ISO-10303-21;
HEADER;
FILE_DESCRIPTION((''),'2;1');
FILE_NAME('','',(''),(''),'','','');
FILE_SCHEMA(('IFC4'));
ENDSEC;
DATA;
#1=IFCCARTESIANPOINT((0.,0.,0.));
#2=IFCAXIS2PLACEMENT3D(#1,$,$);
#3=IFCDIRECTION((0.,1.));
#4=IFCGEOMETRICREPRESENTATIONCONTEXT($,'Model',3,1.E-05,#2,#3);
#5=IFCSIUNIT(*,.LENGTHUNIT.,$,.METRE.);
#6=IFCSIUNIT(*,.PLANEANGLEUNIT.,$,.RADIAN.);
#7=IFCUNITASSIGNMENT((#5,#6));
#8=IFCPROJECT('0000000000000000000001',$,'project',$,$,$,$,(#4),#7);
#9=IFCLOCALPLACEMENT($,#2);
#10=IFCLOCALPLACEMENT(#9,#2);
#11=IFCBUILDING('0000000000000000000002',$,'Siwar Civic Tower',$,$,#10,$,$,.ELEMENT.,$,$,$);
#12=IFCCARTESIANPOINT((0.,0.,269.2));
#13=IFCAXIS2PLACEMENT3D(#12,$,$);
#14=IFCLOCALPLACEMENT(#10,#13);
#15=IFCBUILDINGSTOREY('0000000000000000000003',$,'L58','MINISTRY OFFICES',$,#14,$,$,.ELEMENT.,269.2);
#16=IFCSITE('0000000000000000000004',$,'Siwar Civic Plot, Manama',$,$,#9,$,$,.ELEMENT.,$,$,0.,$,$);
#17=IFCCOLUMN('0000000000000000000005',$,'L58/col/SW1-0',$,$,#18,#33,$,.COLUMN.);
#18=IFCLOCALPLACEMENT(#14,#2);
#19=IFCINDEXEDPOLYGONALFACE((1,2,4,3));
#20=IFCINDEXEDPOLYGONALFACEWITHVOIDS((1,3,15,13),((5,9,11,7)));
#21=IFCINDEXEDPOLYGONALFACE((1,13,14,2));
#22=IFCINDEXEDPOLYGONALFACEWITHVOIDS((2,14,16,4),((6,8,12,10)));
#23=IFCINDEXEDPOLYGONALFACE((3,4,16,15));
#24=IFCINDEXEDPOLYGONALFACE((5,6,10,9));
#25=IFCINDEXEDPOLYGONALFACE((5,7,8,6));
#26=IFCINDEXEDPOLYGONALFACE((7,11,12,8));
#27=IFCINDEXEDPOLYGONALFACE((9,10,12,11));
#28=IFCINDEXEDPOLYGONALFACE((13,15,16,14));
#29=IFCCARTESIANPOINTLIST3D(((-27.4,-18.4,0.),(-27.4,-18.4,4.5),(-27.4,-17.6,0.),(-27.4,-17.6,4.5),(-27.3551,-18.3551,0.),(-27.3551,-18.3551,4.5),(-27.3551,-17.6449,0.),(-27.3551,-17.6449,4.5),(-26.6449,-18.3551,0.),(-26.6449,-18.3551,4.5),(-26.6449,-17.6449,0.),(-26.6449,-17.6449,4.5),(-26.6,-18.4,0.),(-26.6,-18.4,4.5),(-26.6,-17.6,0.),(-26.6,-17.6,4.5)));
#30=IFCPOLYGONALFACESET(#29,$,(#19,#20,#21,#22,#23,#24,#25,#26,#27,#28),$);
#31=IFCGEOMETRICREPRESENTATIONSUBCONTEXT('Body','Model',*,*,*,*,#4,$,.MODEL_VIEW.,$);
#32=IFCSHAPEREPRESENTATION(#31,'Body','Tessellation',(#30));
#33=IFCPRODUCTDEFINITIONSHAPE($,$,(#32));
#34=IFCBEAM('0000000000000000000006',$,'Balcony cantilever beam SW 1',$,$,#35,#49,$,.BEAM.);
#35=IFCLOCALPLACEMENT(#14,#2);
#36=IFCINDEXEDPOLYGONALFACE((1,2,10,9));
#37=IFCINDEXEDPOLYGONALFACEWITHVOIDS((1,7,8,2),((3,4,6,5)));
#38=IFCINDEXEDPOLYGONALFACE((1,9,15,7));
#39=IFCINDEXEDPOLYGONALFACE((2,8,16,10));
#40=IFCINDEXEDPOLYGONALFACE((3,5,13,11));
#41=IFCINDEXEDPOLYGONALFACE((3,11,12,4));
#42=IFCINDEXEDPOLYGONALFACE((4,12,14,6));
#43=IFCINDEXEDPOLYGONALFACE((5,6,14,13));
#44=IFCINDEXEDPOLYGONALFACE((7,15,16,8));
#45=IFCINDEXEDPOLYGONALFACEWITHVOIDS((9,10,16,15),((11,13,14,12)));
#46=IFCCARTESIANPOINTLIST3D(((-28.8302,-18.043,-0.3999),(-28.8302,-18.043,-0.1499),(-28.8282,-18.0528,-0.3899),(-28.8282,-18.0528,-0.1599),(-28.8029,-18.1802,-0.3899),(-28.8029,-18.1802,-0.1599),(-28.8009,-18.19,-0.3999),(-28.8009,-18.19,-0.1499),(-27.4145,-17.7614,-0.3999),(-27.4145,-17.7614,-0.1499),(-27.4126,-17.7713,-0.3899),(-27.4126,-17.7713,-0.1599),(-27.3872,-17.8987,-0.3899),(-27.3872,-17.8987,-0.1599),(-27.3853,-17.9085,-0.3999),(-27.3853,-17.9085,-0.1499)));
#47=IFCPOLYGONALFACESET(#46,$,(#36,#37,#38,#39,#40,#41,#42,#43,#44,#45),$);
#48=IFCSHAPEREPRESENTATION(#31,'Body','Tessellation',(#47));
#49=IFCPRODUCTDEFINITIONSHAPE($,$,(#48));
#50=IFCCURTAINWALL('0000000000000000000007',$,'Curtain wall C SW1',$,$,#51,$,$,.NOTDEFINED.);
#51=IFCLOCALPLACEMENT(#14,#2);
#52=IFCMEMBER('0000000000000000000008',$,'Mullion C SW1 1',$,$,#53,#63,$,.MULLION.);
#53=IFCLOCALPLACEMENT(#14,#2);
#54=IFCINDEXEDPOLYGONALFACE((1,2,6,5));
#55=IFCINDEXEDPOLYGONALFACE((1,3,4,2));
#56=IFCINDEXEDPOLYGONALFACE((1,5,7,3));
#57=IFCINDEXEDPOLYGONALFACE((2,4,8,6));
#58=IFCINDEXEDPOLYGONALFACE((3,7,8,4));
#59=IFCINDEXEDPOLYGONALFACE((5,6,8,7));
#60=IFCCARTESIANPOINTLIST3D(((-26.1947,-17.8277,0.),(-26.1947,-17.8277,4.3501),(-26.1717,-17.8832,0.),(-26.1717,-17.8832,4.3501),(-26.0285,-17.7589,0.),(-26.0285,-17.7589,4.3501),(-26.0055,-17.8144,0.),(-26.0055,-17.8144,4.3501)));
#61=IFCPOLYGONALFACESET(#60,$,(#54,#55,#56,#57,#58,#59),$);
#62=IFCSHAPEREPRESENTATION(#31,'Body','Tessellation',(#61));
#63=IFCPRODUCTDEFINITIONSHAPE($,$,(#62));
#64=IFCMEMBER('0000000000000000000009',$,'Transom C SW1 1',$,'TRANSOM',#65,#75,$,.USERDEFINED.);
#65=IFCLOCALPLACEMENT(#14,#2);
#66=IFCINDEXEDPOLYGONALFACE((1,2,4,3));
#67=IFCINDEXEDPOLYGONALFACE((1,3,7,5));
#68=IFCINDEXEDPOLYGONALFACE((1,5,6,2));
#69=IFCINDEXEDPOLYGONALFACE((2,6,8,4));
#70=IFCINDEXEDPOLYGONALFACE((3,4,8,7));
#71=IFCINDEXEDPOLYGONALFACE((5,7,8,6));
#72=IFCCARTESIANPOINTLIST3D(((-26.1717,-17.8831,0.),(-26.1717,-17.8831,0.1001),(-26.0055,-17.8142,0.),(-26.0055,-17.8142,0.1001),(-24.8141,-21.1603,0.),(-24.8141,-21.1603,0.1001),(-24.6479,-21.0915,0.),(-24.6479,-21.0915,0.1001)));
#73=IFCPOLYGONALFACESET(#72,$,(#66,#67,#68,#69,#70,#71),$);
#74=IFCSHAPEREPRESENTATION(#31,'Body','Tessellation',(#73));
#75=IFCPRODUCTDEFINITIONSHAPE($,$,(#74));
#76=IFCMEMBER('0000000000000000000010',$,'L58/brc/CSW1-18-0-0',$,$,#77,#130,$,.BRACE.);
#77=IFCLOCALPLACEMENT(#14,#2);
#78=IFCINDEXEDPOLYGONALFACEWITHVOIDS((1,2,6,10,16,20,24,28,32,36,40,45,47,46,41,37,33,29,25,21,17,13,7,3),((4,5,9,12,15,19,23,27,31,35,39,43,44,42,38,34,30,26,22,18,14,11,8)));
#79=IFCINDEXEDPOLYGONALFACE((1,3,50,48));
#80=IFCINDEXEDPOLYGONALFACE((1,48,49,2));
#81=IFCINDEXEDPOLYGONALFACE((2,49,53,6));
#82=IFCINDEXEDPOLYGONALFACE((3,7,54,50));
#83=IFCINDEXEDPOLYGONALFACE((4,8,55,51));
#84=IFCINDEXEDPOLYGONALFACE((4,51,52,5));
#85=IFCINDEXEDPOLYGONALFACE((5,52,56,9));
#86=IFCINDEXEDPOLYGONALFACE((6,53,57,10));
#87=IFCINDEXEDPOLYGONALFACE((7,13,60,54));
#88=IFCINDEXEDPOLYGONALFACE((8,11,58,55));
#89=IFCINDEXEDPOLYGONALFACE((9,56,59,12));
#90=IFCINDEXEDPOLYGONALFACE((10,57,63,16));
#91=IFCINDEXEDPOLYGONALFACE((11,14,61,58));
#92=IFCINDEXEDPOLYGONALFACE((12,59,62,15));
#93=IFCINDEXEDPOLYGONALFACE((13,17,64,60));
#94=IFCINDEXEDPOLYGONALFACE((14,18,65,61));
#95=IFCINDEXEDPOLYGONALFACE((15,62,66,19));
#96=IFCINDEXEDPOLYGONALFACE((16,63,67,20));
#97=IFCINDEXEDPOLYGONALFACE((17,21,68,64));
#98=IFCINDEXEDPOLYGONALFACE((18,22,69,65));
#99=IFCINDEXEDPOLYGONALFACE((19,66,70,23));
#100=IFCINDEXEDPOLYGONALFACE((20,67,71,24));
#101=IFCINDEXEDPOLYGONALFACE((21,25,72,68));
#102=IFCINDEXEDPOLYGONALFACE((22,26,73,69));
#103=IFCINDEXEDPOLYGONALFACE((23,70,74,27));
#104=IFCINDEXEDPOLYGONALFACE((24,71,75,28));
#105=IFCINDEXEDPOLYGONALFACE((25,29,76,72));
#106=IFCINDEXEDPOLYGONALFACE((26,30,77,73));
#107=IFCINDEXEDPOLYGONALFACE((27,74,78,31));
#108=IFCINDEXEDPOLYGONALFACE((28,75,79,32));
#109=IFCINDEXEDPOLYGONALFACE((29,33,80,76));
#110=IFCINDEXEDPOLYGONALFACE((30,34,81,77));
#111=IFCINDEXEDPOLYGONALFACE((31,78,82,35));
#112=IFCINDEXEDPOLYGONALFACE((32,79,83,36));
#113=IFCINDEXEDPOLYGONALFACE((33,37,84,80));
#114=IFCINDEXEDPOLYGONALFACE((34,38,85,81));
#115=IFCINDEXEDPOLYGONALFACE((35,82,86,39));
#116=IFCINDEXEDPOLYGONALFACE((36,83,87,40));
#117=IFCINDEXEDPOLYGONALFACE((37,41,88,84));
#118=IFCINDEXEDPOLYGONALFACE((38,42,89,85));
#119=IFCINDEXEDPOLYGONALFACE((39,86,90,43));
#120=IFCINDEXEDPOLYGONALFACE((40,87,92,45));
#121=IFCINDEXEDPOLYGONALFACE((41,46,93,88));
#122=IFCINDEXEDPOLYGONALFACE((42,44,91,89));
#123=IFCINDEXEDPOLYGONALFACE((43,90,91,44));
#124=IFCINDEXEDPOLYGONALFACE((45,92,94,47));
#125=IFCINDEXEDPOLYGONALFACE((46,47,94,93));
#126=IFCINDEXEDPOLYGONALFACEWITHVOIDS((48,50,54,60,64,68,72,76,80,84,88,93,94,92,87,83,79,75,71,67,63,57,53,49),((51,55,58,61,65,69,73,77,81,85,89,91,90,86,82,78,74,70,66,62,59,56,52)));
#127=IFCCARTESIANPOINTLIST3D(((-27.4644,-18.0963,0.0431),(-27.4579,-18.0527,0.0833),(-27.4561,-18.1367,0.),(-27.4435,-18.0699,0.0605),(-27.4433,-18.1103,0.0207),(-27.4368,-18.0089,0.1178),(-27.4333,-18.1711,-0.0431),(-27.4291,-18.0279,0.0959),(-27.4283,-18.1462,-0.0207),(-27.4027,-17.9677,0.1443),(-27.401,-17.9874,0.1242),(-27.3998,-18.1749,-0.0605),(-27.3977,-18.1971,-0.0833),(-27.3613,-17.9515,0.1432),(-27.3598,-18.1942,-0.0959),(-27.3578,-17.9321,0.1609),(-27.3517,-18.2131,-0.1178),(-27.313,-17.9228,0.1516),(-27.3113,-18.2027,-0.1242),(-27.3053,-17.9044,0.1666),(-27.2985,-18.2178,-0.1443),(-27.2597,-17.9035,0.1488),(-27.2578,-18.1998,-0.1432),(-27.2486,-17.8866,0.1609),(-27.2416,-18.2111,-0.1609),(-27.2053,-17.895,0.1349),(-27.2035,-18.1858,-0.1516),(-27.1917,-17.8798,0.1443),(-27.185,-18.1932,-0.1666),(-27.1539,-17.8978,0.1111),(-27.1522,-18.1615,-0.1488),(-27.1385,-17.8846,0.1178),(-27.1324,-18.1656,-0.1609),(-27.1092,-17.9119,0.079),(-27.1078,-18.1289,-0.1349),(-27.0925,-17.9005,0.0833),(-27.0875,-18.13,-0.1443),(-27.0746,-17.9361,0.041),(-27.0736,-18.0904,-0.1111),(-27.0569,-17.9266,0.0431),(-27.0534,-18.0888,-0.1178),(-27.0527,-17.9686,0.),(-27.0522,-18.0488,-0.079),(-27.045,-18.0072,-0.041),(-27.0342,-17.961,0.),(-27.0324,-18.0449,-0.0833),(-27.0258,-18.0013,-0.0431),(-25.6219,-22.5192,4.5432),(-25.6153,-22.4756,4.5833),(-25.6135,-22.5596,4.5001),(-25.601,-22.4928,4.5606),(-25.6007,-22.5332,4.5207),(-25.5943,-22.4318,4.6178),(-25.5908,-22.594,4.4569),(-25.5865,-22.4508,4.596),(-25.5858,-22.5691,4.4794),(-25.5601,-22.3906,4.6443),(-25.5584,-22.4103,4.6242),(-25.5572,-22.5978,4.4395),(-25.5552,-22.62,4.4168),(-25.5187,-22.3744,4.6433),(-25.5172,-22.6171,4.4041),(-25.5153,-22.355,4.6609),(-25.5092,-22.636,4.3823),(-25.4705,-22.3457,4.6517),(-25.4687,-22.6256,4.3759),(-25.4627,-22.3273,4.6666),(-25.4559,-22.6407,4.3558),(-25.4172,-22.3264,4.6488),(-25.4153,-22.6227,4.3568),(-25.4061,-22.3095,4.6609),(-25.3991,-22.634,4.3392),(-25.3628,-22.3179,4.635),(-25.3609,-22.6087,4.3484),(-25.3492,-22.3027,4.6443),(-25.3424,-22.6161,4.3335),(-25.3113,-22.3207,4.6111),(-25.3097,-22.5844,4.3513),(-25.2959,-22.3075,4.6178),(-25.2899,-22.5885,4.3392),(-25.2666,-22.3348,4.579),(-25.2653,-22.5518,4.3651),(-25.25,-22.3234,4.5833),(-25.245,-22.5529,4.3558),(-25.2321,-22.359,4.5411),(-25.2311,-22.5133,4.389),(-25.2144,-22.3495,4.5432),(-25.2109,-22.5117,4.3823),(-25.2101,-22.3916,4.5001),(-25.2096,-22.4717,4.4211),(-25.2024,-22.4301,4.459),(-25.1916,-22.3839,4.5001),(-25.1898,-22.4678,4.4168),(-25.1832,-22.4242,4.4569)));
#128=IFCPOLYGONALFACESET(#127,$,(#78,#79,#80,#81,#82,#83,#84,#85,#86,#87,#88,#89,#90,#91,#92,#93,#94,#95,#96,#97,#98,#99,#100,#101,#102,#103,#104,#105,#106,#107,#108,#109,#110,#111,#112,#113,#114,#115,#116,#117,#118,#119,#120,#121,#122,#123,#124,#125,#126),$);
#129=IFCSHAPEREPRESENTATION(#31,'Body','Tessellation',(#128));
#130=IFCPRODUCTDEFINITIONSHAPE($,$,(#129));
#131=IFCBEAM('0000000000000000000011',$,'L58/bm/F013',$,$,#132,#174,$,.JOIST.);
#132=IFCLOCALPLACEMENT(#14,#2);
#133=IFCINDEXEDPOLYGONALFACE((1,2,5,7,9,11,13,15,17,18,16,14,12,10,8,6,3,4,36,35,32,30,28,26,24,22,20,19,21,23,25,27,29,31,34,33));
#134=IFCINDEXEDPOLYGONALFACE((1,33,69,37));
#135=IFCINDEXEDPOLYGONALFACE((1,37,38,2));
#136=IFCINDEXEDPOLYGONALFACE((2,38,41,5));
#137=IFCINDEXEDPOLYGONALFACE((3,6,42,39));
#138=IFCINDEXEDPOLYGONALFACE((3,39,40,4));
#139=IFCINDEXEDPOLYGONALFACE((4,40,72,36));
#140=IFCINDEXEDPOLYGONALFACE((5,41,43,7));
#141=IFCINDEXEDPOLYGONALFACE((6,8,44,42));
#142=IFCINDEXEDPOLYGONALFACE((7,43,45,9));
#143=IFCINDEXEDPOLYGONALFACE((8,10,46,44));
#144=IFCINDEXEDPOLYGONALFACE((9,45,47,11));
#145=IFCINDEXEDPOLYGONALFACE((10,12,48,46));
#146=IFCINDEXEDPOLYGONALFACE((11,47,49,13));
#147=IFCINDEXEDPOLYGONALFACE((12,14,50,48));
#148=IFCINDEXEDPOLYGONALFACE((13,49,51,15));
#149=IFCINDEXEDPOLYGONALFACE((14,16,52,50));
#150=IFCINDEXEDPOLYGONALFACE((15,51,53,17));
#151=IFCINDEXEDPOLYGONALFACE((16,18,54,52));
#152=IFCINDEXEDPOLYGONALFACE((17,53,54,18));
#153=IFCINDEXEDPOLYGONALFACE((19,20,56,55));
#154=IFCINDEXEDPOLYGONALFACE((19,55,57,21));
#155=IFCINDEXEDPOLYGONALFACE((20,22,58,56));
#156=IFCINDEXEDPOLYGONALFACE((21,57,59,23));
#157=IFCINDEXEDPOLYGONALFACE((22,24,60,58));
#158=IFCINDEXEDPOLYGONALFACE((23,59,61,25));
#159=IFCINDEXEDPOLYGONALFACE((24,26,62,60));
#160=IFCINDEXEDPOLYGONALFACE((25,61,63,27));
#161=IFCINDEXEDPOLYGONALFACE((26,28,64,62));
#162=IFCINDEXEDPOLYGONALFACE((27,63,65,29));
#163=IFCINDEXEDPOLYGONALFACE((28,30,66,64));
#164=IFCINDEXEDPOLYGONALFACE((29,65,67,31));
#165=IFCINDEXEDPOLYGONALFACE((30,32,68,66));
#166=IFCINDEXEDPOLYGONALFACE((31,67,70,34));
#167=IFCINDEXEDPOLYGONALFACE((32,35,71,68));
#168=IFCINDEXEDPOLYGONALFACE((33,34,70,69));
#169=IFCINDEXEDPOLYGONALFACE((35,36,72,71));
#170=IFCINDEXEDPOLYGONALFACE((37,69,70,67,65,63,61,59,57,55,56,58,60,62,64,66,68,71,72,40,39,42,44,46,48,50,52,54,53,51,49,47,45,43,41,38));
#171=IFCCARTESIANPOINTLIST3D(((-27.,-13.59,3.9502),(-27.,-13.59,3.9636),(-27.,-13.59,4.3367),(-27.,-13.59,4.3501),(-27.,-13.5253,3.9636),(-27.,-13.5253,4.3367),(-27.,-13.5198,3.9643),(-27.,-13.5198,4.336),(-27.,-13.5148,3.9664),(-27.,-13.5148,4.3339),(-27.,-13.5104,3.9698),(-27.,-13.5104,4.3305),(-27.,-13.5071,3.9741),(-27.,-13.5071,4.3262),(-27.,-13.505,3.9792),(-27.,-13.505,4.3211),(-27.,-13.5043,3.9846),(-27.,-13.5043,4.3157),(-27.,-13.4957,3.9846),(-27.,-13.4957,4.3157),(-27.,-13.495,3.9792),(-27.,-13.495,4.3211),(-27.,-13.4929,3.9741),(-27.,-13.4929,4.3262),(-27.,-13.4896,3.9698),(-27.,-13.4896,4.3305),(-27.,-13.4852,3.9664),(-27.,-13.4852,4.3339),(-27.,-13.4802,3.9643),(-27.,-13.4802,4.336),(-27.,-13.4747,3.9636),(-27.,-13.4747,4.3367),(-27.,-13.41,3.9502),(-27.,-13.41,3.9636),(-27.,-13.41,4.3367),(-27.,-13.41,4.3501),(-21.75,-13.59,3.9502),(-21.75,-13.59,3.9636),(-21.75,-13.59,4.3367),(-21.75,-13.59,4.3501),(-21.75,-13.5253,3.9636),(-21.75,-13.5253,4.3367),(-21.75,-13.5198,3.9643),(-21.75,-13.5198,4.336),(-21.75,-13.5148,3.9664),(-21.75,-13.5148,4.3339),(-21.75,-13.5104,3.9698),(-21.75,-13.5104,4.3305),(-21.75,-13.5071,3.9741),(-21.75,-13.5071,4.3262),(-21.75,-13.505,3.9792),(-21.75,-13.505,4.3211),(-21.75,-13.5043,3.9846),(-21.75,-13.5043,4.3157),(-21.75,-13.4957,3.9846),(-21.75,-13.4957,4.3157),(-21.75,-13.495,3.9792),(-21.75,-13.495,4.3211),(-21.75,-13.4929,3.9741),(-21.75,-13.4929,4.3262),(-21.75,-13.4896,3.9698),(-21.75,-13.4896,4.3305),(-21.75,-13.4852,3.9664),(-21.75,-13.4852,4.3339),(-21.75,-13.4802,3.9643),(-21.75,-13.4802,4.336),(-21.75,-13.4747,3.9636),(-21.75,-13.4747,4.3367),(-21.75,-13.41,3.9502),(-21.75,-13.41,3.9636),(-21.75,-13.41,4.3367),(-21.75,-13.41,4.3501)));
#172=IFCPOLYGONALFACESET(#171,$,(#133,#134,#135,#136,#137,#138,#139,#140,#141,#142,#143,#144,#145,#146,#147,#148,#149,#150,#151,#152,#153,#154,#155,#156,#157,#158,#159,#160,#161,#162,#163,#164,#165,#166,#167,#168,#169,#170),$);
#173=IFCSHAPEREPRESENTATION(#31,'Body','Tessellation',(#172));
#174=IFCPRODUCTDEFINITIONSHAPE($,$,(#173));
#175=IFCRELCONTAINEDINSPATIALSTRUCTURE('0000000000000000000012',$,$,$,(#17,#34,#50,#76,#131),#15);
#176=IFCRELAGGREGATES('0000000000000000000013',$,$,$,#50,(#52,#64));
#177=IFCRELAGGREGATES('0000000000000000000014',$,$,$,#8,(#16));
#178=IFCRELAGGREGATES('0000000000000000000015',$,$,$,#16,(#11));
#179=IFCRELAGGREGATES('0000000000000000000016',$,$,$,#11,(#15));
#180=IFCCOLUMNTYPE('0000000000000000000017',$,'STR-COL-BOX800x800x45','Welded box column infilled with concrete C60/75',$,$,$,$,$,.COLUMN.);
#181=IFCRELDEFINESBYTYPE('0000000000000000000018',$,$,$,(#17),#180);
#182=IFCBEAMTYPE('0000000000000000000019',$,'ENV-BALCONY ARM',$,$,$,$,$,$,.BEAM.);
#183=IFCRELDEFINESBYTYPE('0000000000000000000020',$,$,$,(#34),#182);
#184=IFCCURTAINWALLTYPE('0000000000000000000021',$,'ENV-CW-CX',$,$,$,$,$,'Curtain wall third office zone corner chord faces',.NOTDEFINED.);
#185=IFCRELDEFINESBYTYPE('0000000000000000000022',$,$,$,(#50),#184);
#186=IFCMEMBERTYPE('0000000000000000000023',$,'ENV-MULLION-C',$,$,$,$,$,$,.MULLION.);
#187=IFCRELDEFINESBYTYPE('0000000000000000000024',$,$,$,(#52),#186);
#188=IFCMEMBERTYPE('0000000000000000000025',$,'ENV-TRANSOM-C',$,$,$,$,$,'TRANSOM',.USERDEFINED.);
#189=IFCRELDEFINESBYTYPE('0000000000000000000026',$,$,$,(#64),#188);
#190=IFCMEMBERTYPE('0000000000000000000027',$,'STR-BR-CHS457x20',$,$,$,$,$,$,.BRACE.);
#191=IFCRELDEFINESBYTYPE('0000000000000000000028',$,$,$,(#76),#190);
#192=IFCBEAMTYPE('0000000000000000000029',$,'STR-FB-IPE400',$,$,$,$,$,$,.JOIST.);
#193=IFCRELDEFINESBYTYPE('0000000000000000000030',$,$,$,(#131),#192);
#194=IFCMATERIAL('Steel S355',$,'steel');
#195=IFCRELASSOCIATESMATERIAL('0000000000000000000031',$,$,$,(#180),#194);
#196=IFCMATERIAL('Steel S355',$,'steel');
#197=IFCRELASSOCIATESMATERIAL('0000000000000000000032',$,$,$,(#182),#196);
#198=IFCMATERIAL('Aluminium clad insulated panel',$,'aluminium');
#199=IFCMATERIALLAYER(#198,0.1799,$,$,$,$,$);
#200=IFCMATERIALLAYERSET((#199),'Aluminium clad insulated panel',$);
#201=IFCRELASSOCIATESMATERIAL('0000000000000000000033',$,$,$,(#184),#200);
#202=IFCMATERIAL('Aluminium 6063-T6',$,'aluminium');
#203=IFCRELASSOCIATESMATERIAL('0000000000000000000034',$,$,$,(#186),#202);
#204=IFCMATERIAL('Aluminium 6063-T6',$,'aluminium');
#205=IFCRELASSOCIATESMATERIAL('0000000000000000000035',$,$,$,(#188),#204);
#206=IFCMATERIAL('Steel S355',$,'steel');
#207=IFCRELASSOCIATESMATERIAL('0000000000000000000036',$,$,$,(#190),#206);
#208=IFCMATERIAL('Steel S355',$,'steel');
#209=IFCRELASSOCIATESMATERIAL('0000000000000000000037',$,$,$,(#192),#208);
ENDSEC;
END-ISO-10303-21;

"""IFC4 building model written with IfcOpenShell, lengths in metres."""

from ifc_helpers import new_model, si_unit, direction, frame, origin, origin_2d, place, context, subcontext, project, spatial, rectangle, hollow_rectangle, hollow_circle, i_section, extrude, material, layer, layer_set, material_profile, profile_set, type_object, element, aggregate, save


model = new_model("IFC4")

# Units and contexts
model_context = context("Model", 3, precision=1e-05, world=origin(), true_north=direction((0.0, 1.0)))
body_context = subcontext(model_context, "Body", "Model", "MODEL_VIEW")
ifc_project = project(units=[si_unit("LENGTHUNIT", "METRE"), si_unit("PLANEANGLEUNIT", "RADIAN")], contexts=[model_context])

# Site, building, storey
site_placement = place(None, origin())
site = spatial("IfcSite", under=ifc_project, at=site_placement, Name="Siwar Civic Plot, Manama", CompositionType="ELEMENT", RefElevation=0.0)
building_placement = place(site_placement, origin())
building = spatial("IfcBuilding", under=site, at=building_placement, Name="Siwar Civic Tower", CompositionType="ELEMENT")
storey_placement = place(building_placement, frame((0.0, 0.0, 269.2)))
storey = spatial("IfcBuildingStorey", under=building, at=storey_placement, Name="L58", Description="MINISTRY OFFICES", CompositionType="ELEMENT", Elevation=269.2)

# Column
ifc_material_1 = material(Name="Steel S355", Category="steel")
ifc_material_profile_1 = material_profile(ifc_material_1, hollow_rectangle(XDim=0.8, YDim=0.8, WallThickness=0.0449, at=origin_2d()), Name="BOX800x800x45")
ifc_profile_set_1 = profile_set([ifc_material_profile_1], Name="Steel S355")
column_type = type_object("IfcColumnType", Name="STR-COL-BOX800x800x45", Description="Welded box column infilled with concrete C60/75", PredefinedType="COLUMN", material=ifc_profile_set_1)
column_placement = place(storey_placement, frame((-27.0, -18.0, 0.0), z_axis=(0.0, 0.0, 1.0), x_axis=(1.0, 0.0, 0.0)))
element("IfcColumn", 1, at=column_placement, inside=storey, type_object=column_type, Name="L58/col/SW1-0", PredefinedType="COLUMN", context=body_context, shape_type="SweptSolid", body=[
    extrude(hollow_rectangle(XDim=0.8, YDim=0.8, WallThickness=0.0449, at=origin_2d()), origin(), (0.0, 0.0, 1.0), 4.5),
])

# Beam
ifc_material_2 = material(Name="Steel S355", Category="steel")
ifc_material_profile_2 = material_profile(ifc_material_2, hollow_rectangle(XDim=0.1499, YDim=0.25, WallThickness=0.01, at=origin_2d()), Name="RHS250x150x10")
ifc_profile_set_2 = profile_set([ifc_material_profile_2], Name="Steel S355")
beam_type_1 = type_object("IfcBeamType", Name="ENV-BALCONY ARM", PredefinedType="BEAM", material=ifc_profile_set_2)
beam_1_placement = place(storey_placement, frame((-27.3999, -17.835, -0.2749), z_axis=(-0.980795, -0.195042, 0.0), x_axis=(0.195042, -0.980795, 0.0)))
element("IfcBeam", 2, at=beam_1_placement, inside=storey, type_object=beam_type_1, Name="Balcony cantilever beam SW 1", PredefinedType="BEAM", context=body_context, shape_type="SweptSolid", body=[
    extrude(hollow_rectangle(XDim=0.1499, YDim=0.25, WallThickness=0.01, at=origin_2d()), origin(), (0.0, 0.0, 1.0), 1.4434),
])

# Curtain wall, members
ifc_material_3 = material(Name="Aluminium clad insulated panel", Category="aluminium")
ifc_layer_1 = layer(ifc_material_3, 0.1799)
ifc_layer_set_1 = layer_set([ifc_layer_1], Name="Aluminium clad insulated panel")
curtain_wall_type = type_object("IfcCurtainWallType", Name="ENV-CW-CX", ElementType="Curtain wall third office zone corner chord faces", PredefinedType="NOTDEFINED", material=ifc_layer_set_1)
curtain_wall_placement = place(storey_placement, origin())
curtain_wall = element("IfcCurtainWall", 3, at=curtain_wall_placement, inside=storey, type_object=curtain_wall_type, Name="Curtain wall C SW1", PredefinedType="NOTDEFINED")
ifc_material_4 = material(Name="Aluminium 6063-T6", Category="aluminium")
ifc_material_profile_3 = material_profile(ifc_material_4, rectangle(XDim=0.1799, YDim=0.0601, at=origin_2d()), Name="AL 180x60")
ifc_profile_set_3 = profile_set([ifc_material_profile_3], Name="Aluminium 6063-T6")
member_type_1 = type_object("IfcMemberType", Name="ENV-MULLION-C", PredefinedType="MULLION", material=ifc_profile_set_3)
member_1_placement = place(storey_placement, frame((-26.1001, -17.821, 0.0), z_axis=(0.0, 0.0, 1.0), x_axis=(0.92388, 0.382683, 0.0)))
member_1 = element("IfcMember", 4, at=member_1_placement, type_object=member_type_1, Name="Mullion C SW1 1", PredefinedType="MULLION", context=body_context, shape_type="SweptSolid", body=[
    extrude(rectangle(XDim=0.1799, YDim=0.0601, at=origin_2d()), origin(), (0.0, 0.0, 1.0), 4.3501),
])
ifc_material_5 = material(Name="Aluminium 6063-T6", Category="aluminium")
ifc_material_profile_4 = material_profile(ifc_material_5, rectangle(XDim=0.1799, YDim=0.1001, at=origin_2d()), Name="AL 180x100")
ifc_profile_set_4 = profile_set([ifc_material_profile_4], Name="Aluminium 6063-T6")
member_type_2 = type_object("IfcMemberType", Name="ENV-TRANSOM-C", ElementType="TRANSOM", PredefinedType="USERDEFINED", material=ifc_profile_set_4)
member_2_placement = place(storey_placement, frame((-26.0886, -17.8486, 0.05), z_axis=(0.382719, -0.923865, 0.0), x_axis=(0.923865, 0.382719, 0.0)))
member_2 = element("IfcMember", 5, at=member_2_placement, type_object=member_type_2, Name="Transom C SW1 1", ObjectType="TRANSOM", PredefinedType="USERDEFINED", context=body_context, shape_type="SweptSolid", body=[
    extrude(rectangle(XDim=0.1799, YDim=0.1001, at=origin_2d()), origin(), (0.0, 0.0, 1.0), 3.5474),
])

# Member
ifc_material_6 = material(Name="Steel S355", Category="steel")
ifc_material_profile_5 = material_profile(ifc_material_6, hollow_circle(Radius=0.2285, WallThickness=0.02, at=origin_2d()), Name="CHS457x20")
ifc_profile_set_5 = profile_set([ifc_material_profile_5], Name="Steel S355")
member_type_3 = type_object("IfcMemberType", Name="STR-BR-CHS457x20", PredefinedType="BRACE", material=ifc_profile_set_5)
member_3_placement = place(storey_placement, frame((-27.2451, -18.0488, 0.0), z_axis=(0.280311, -0.672865, 0.684601), x_axis=(0.923101, 0.384557, 0.0)))
element("IfcMember", 6, at=member_3_placement, inside=storey, type_object=member_type_3, Name="L58/brc/CSW1-18-0-0", PredefinedType="BRACE", context=body_context, shape_type="SweptSolid", body=[
    extrude(hollow_circle(Radius=0.2285, WallThickness=0.02, at=origin_2d()), origin(), (0.0, 0.0, 1.0), 6.5732),
])

# Beam
ifc_material_7 = material(Name="Steel S355", Category="steel")
ifc_material_profile_6 = material_profile(ifc_material_7, i_section(OverallWidth=0.1799, OverallDepth=0.3999, WebThickness=0.0085, FlangeThickness=0.0134, FilletRadius=0.021, at=origin_2d()), Name="IPE400")
ifc_profile_set_6 = profile_set([ifc_material_profile_6], Name="Steel S355")
beam_type_2 = type_object("IfcBeamType", Name="STR-FB-IPE400", PredefinedType="JOIST", material=ifc_profile_set_6)
beam_2_placement = place(storey_placement, frame((-27.0, -13.5, 4.1501), z_axis=(1.0, 0.0, 0.0), x_axis=(0.0, 1.0, 0.0)))
element("IfcBeam", 7, at=beam_2_placement, inside=storey, type_object=beam_type_2, Name="L58/bm/F013", PredefinedType="JOIST", context=body_context, shape_type="SweptSolid", body=[
    extrude(i_section(OverallWidth=0.1799, OverallDepth=0.3999, WebThickness=0.0085, FlangeThickness=0.0134, FilletRadius=0.021, at=origin_2d()), origin(), (0.0, 0.0, 1.0), 5.25),
])

aggregate(curtain_wall, [member_1, member_2])

save(model, "model.ifc")
